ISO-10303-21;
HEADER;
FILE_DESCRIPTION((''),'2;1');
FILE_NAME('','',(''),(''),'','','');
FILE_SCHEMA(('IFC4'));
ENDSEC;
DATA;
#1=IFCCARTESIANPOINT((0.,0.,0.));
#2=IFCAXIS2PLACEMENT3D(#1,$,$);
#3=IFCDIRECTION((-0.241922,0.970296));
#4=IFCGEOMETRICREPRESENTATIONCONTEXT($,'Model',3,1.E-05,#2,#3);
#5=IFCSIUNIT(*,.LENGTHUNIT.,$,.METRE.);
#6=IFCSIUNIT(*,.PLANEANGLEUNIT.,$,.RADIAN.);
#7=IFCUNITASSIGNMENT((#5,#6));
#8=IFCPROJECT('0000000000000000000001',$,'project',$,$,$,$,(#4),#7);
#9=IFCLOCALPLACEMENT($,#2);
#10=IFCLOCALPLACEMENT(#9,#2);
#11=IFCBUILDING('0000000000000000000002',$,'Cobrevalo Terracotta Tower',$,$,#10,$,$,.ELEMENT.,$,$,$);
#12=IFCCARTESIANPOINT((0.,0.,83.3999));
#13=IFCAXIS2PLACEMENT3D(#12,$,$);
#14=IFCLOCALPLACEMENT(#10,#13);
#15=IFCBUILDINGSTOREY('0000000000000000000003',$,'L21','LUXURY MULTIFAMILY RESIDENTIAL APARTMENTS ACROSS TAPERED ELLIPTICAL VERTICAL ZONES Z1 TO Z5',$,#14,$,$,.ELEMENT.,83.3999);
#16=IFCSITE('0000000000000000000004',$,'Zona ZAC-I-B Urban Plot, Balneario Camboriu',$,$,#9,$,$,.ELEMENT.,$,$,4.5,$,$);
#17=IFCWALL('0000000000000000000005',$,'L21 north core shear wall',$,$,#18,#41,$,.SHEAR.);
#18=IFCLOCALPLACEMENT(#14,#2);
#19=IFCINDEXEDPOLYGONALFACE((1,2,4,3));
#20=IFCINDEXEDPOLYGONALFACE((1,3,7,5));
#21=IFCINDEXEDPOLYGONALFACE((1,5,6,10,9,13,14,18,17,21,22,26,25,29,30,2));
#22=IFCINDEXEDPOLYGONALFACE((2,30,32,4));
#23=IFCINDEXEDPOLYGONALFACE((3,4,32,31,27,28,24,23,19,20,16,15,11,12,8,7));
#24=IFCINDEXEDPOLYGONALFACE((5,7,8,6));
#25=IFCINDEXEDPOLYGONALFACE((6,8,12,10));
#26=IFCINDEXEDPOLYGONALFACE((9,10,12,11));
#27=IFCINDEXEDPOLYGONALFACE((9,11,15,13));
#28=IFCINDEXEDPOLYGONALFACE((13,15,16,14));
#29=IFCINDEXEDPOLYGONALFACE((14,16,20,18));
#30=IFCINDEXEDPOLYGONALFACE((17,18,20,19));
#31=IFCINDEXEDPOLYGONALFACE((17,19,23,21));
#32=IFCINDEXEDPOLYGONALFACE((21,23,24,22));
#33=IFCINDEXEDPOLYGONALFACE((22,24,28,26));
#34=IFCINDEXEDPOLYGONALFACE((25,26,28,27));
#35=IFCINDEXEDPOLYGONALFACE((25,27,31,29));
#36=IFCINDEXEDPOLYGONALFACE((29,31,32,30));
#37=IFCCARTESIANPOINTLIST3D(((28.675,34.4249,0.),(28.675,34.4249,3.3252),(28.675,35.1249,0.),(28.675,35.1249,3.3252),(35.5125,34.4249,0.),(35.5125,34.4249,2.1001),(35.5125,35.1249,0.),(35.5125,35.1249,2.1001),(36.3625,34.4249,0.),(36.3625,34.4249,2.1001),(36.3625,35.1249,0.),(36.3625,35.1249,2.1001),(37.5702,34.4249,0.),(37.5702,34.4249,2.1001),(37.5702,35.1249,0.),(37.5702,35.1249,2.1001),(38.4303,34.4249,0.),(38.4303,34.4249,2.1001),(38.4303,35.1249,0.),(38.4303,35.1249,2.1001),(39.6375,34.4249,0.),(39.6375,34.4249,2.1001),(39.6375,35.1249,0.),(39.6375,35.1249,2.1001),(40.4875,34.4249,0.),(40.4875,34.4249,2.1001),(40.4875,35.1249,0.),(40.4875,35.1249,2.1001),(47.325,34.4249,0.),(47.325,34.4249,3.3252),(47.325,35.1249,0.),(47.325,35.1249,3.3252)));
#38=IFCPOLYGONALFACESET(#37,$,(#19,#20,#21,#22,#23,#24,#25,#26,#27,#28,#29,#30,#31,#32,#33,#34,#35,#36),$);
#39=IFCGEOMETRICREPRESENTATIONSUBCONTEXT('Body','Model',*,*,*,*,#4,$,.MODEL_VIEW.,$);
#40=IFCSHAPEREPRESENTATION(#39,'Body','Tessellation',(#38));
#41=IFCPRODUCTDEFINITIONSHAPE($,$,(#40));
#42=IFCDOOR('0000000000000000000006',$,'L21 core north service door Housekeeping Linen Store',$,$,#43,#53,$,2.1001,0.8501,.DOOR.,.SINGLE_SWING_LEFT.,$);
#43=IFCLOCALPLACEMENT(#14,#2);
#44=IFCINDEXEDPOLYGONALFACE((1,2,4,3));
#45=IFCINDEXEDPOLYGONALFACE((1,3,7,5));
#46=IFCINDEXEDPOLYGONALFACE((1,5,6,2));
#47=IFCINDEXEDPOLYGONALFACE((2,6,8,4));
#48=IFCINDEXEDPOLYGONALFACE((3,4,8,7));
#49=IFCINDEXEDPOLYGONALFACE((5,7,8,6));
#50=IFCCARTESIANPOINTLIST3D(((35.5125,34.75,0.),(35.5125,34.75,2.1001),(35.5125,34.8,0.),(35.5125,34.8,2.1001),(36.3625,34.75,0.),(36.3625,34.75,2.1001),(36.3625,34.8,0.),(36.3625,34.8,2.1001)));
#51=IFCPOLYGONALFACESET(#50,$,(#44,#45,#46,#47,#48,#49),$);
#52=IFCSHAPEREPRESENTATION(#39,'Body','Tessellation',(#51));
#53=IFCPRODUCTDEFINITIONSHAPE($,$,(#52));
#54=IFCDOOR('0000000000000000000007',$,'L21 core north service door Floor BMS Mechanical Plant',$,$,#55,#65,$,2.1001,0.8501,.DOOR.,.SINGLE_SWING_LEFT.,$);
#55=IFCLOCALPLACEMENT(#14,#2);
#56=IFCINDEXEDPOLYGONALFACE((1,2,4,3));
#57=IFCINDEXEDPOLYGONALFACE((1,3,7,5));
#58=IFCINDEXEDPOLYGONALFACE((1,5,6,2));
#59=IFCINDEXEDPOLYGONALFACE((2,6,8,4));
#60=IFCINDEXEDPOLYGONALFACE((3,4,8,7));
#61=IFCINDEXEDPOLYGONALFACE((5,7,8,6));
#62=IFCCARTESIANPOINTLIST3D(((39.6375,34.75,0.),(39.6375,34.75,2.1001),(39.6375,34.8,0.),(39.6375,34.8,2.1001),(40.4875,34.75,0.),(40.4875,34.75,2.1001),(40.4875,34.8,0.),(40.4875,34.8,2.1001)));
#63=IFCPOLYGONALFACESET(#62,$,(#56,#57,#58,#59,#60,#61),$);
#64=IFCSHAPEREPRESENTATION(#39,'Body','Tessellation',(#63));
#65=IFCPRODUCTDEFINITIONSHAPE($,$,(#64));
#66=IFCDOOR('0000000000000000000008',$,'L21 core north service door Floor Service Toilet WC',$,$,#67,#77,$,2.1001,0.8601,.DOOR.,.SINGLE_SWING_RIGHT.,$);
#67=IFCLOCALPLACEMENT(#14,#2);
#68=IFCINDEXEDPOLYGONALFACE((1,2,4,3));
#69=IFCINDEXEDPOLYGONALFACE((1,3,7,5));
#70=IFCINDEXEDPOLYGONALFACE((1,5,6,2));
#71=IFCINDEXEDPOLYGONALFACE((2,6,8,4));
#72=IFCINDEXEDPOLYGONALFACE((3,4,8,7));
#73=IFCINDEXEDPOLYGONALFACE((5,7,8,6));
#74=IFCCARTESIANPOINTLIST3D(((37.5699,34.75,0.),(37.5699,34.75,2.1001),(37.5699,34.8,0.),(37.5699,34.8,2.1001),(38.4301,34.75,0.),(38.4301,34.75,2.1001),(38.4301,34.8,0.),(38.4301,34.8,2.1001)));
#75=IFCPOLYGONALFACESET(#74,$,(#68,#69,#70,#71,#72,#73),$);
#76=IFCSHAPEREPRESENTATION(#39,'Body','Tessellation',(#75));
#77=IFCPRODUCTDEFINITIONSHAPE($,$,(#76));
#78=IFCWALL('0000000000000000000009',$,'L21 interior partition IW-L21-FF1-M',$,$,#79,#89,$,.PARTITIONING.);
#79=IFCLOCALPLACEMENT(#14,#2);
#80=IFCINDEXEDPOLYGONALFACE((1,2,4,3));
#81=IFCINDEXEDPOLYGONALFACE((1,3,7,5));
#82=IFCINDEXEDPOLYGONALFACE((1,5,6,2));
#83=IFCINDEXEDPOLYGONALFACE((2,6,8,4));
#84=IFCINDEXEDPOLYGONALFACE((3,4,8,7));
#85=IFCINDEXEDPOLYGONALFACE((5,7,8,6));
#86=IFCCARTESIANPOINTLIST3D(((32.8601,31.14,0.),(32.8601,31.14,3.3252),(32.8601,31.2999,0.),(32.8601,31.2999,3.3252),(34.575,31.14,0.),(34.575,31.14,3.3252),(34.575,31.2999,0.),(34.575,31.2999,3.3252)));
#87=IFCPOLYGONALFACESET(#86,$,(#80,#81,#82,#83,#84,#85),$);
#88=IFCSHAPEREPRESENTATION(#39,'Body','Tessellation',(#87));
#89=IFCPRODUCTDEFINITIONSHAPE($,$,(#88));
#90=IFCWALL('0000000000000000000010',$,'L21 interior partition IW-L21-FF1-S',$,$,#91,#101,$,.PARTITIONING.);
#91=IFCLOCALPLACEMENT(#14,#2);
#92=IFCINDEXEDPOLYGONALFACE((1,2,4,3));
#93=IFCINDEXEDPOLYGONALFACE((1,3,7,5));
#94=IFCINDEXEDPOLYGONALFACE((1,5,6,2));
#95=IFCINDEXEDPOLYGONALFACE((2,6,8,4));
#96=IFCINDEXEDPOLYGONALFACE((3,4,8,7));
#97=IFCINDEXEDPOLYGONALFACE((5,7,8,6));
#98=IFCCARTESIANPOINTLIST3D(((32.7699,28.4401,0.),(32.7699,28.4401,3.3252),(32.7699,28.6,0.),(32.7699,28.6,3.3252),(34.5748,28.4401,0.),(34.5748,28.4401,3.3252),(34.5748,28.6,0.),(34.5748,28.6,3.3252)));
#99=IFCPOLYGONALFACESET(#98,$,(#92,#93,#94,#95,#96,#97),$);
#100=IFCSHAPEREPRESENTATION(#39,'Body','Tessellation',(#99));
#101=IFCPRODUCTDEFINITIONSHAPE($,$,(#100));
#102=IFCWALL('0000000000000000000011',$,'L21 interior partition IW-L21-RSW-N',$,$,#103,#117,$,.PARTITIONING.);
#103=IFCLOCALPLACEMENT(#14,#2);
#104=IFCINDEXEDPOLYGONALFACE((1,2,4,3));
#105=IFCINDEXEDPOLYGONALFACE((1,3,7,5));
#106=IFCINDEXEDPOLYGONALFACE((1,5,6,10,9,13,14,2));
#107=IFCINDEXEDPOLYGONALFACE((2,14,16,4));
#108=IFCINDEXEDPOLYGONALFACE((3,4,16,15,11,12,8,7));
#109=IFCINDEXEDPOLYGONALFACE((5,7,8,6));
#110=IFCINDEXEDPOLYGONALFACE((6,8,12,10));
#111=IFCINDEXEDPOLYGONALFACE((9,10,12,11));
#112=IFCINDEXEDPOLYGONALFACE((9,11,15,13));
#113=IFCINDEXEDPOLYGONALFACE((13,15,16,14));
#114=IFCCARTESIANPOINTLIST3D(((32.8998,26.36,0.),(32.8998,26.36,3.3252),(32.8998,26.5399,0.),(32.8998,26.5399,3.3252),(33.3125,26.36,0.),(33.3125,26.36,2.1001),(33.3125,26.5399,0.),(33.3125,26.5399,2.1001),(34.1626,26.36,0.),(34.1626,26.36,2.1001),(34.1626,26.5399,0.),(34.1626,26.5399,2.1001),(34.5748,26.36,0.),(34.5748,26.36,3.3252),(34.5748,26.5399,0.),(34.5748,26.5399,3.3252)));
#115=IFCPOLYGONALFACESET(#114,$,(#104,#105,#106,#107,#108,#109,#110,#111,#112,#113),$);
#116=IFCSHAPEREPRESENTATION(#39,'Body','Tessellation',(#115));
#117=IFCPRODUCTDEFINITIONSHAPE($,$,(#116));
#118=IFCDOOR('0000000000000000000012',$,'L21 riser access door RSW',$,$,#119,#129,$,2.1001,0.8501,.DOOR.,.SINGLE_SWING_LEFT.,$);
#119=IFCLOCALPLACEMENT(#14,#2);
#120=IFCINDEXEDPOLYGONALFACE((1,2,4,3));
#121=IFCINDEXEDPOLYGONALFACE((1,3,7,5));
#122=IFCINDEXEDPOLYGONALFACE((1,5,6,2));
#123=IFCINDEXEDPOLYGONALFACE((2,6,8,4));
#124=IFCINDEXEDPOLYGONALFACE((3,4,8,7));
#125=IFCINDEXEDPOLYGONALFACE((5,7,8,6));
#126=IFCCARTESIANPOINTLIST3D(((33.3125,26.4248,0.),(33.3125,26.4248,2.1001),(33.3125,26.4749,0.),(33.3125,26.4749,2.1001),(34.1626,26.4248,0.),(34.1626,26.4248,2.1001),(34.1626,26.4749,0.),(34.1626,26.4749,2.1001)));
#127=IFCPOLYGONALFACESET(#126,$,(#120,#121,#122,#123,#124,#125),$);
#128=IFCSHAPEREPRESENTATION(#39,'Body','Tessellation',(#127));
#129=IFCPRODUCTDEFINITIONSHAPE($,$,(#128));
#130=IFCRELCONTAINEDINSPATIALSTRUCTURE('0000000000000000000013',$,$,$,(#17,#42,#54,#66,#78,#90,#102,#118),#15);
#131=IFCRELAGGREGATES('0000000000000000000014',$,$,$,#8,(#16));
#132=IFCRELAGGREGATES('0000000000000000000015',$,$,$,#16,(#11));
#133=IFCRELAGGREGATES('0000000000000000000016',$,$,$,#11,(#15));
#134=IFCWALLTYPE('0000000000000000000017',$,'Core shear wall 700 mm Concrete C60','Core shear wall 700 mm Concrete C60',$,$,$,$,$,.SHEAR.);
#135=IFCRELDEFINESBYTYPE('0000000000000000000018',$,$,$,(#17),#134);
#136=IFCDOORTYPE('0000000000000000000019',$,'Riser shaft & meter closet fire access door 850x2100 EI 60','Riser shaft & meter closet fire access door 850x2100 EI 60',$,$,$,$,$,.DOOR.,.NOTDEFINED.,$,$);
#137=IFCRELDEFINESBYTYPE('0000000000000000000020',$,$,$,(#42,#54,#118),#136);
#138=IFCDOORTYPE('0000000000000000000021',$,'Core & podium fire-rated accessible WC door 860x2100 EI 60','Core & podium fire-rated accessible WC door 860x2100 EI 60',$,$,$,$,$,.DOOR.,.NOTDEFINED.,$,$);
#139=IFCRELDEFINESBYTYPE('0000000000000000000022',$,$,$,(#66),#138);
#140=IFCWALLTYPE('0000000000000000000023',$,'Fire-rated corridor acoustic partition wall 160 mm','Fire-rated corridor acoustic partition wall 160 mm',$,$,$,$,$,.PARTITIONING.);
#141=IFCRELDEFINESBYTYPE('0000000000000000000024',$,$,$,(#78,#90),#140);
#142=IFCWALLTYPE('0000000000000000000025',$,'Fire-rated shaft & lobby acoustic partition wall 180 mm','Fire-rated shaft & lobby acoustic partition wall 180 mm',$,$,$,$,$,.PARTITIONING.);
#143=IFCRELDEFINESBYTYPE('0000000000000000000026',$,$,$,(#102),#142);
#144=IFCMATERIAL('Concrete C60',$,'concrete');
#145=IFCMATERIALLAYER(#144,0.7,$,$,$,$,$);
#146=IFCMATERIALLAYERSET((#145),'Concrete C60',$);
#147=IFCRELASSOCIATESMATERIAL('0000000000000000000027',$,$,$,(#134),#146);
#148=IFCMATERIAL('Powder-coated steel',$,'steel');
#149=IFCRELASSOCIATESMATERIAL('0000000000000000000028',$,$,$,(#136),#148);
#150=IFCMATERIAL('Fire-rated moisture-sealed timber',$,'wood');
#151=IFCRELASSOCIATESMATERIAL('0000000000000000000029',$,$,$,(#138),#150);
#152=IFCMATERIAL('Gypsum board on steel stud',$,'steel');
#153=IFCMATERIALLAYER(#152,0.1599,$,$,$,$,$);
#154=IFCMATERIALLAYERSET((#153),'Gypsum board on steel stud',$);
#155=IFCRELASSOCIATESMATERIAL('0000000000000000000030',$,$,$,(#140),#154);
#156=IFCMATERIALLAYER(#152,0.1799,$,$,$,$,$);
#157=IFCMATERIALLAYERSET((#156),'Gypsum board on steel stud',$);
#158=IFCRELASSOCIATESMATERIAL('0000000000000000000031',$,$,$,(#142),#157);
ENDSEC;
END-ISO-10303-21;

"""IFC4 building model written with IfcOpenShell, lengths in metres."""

from ifc_helpers import new_model, si_unit, direction, frame, frame_2d, origin, place, context, subcontext, project, spatial, rectangle, extrude, source, transform, mapped, material, layer, layer_set, type_object, element, fill, save


model = new_model("IFC4")

# Units and contexts
model_context = context("Model", 3, precision=1e-05, world=origin(), true_north=direction((-0.241922, 0.970296)))
body_context = subcontext(model_context, "Body", "Model", "MODEL_VIEW")
ifc_project = project(units=[si_unit("LENGTHUNIT", "METRE"), si_unit("PLANEANGLEUNIT", "RADIAN")], contexts=[model_context])

# Site, building, storey
site_placement = place(None, origin())
site = spatial("IfcSite", under=ifc_project, at=site_placement, Name="Zona ZAC-I-B Urban Plot, Balneario Camboriu", CompositionType="ELEMENT", RefElevation=4.5)
building_placement = place(site_placement, origin())
building = spatial("IfcBuilding", under=site, at=building_placement, Name="Cobrevalo Terracotta Tower", CompositionType="ELEMENT")
storey_placement = place(building_placement, frame((0.0, 0.0, 83.3999)))
storey = spatial("IfcBuildingStorey", under=building, at=storey_placement, Name="L21", Description="LUXURY MULTIFAMILY RESIDENTIAL APARTMENTS ACROSS TAPERED ELLIPTICAL VERTICAL ZONES Z1 TO Z5", CompositionType="ELEMENT", Elevation=83.3999)

# Wall, openings, doors
ifc_material_1 = material(Name="Concrete C60", Category="concrete")
ifc_layer_1 = layer(ifc_material_1, 0.7)
ifc_layer_set_1 = layer_set([ifc_layer_1], Name="Concrete C60")
wall_type_1 = type_object("IfcWallType", Name="Core shear wall 700 mm Concrete C60", Description="Core shear wall 700 mm Concrete C60", PredefinedType="SHEAR", material=ifc_layer_set_1)
wall_1_placement = place(storey_placement, frame((28.675, 34.7749, 0.0), z_axis=(0.0, 0.0, 1.0), x_axis=(1.0, 0.0, 0.0)))
wall_1 = element("IfcWall", 1, at=wall_1_placement, inside=storey, type_object=wall_type_1, Name="L21 north core shear wall", PredefinedType="SHEAR", context=body_context, shape_type="SweptSolid", body=[
    extrude(rectangle(XDim=18.6499, YDim=0.7, at=frame_2d((9.325, 0.0))), origin(), (0.0, 0.0, 1.0), 3.3252),
])
opening_1_placement = place(wall_1_placement, frame((6.8374, 0.0, 0.0)))
opening_1 = element("IfcOpeningElement", 2, at=opening_1_placement, cuts=wall_1, PredefinedType="OPENING", context=body_context, shape_type="SweptSolid", body=[
    extrude(rectangle(XDim=0.8501, YDim=2.1001, at=frame_2d((0.425, 1.05))), frame((0.0, 0.3599, 0.0), z_axis=(0.0, -1.0, 0.0), x_axis=(1.0, 0.0, 0.0)), (0.0, 0.0, 1.0), 0.72),
])
opening_2_placement = place(wall_1_placement, frame((8.895, 0.0, 0.0)))
opening_2 = element("IfcOpeningElement", 3, at=opening_2_placement, cuts=wall_1, PredefinedType="OPENING", context=body_context, shape_type="SweptSolid", body=[
    extrude(rectangle(XDim=0.8601, YDim=2.1001, at=frame_2d((0.4302, 1.05))), frame((0.0, 0.3599, 0.0), z_axis=(0.0, -1.0, 0.0), x_axis=(1.0, 0.0, 0.0)), (0.0, 0.0, 1.0), 0.72),
])
opening_3_placement = place(wall_1_placement, frame((10.9624, 0.0, 0.0)))
opening_3 = element("IfcOpeningElement", 4, at=opening_3_placement, cuts=wall_1, PredefinedType="OPENING", context=body_context, shape_type="SweptSolid", body=[
    extrude(rectangle(XDim=0.8501, YDim=2.1001, at=frame_2d((0.425, 1.05))), frame((0.0, 0.3599, 0.0), z_axis=(0.0, -1.0, 0.0), x_axis=(1.0, 0.0, 0.0)), (0.0, 0.0, 1.0), 0.72),
])
ifc_material_2 = material(Name="Powder-coated steel", Category="steel")
door_type_1 = type_object("IfcDoorType", Name="Riser shaft & meter closet fire access door 850x2100 EI 60", Description="Riser shaft & meter closet fire access door 850x2100 EI 60", OperationType="NOTDEFINED", PredefinedType="DOOR", material=ifc_material_2)
shared_shape_1 = source(origin(), body_context, "Body", "SweptSolid", [
    extrude(rectangle(XDim=0.8501, YDim=2.1001, at=frame_2d((0.425, 1.05))), frame((0.0, 0.0249, 0.0), z_axis=(0.0, -1.0, 0.0), x_axis=(1.0, 0.0, 0.0)), (0.0, 0.0, 1.0), 0.05),
])
door_1_placement = place(opening_1_placement, frame((0.8501, 0.0, 0.0), z_axis=(0.0, 0.0, 1.0), x_axis=(-1.0, 0.0, 0.0)))
door_1 = element("IfcDoor", 5, at=door_1_placement, inside=storey, type_object=door_type_1, Name="L21 core north service door Housekeeping Linen Store", OperationType="SINGLE_SWING_LEFT", OverallHeight=2.1001, OverallWidth=0.8501, PredefinedType="DOOR", context=body_context, shape_type="MappedRepresentation", body=[
    mapped(shared_shape_1, transform((0.0, 0.0, 0.0), scale=1.0)),
])
fill(opening_1, door_1)
door_2_placement = place(opening_3_placement, frame((0.8501, 0.0, 0.0), z_axis=(0.0, 0.0, 1.0), x_axis=(-1.0, 0.0, 0.0)))
door_2 = element("IfcDoor", 6, at=door_2_placement, inside=storey, type_object=door_type_1, Name="L21 core north service door Floor BMS Mechanical Plant", OperationType="SINGLE_SWING_LEFT", OverallHeight=2.1001, OverallWidth=0.8501, PredefinedType="DOOR", context=body_context, shape_type="MappedRepresentation", body=[
    mapped(shared_shape_1, transform((0.0, 0.0, 0.0), scale=1.0)),
])
fill(opening_3, door_2)
ifc_material_3 = material(Name="Fire-rated moisture-sealed timber", Category="wood")
door_type_2 = type_object("IfcDoorType", Name="Core & podium fire-rated accessible WC door 860x2100 EI 60", Description="Core & podium fire-rated accessible WC door 860x2100 EI 60", OperationType="NOTDEFINED", PredefinedType="DOOR", material=ifc_material_3)
shared_shape_2 = source(origin(), body_context, "Body", "SweptSolid", [
    extrude(rectangle(XDim=0.8601, YDim=2.1001, at=frame_2d((0.4302, 1.05))), frame((0.0, 0.0249, 0.0), z_axis=(0.0, -1.0, 0.0), x_axis=(1.0, 0.0, 0.0)), (0.0, 0.0, 1.0), 0.05),
])
door_3_placement = place(opening_2_placement, frame((0.8601, 0.0, 0.0), z_axis=(0.0, 0.0, 1.0), x_axis=(-1.0, 0.0, 0.0)))
door_3 = element("IfcDoor", 7, at=door_3_placement, inside=storey, type_object=door_type_2, Name="L21 core north service door Floor Service Toilet WC", OperationType="SINGLE_SWING_RIGHT", OverallHeight=2.1001, OverallWidth=0.8601, PredefinedType="DOOR", context=body_context, shape_type="MappedRepresentation", body=[
    mapped(shared_shape_2, transform((0.0, 0.0, 0.0), scale=1.0)),
])
fill(opening_2, door_3)

# Walls
ifc_material_4 = material(Name="Gypsum board on steel stud", Category="steel")
ifc_layer_2 = layer(ifc_material_4, 0.1599)
ifc_layer_set_2 = layer_set([ifc_layer_2], Name="Gypsum board on steel stud")
wall_type_2 = type_object("IfcWallType", Name="Fire-rated corridor acoustic partition wall 160 mm", Description="Fire-rated corridor acoustic partition wall 160 mm", PredefinedType="PARTITIONING", material=ifc_layer_set_2)
wall_2_placement = place(storey_placement, frame((32.8601, 31.22, 0.0), z_axis=(0.0, 0.0, 1.0), x_axis=(1.0, 0.0, 0.0)))
element("IfcWall", 8, at=wall_2_placement, inside=storey, type_object=wall_type_2, Name="L21 interior partition IW-L21-FF1-M", PredefinedType="PARTITIONING", context=body_context, shape_type="SweptSolid", body=[
    extrude(rectangle(XDim=1.7148, YDim=0.1599, at=frame_2d((0.8574, 0.0))), origin(), (0.0, 0.0, 1.0), 3.3252),
])
wall_3_placement = place(storey_placement, frame((32.77, 28.52, 0.0), z_axis=(0.0, 0.0, 1.0), x_axis=(1.0, 0.0, 0.0)))
element("IfcWall", 9, at=wall_3_placement, inside=storey, type_object=wall_type_2, Name="L21 interior partition IW-L21-FF1-S", PredefinedType="PARTITIONING", context=body_context, shape_type="SweptSolid", body=[
    extrude(rectangle(XDim=1.8049, YDim=0.1599, at=frame_2d((0.9023, 0.0))), origin(), (0.0, 0.0, 1.0), 3.3252),
])

# Wall, opening, door
ifc_layer_3 = layer(ifc_material_4, 0.1799)
ifc_layer_set_3 = layer_set([ifc_layer_3], Name="Gypsum board on steel stud")
wall_type_3 = type_object("IfcWallType", Name="Fire-rated shaft & lobby acoustic partition wall 180 mm", Description="Fire-rated shaft & lobby acoustic partition wall 180 mm", PredefinedType="PARTITIONING", material=ifc_layer_set_3)
wall_4_placement = place(storey_placement, frame((32.8999, 26.45, 0.0), z_axis=(0.0, 0.0, 1.0), x_axis=(1.0, 0.0, 0.0)))
wall_4 = element("IfcWall", 10, at=wall_4_placement, inside=storey, type_object=wall_type_3, Name="L21 interior partition IW-L21-RSW-N", PredefinedType="PARTITIONING", context=body_context, shape_type="SweptSolid", body=[
    extrude(rectangle(XDim=1.675, YDim=0.1799, at=frame_2d((0.8374, 0.0))), origin(), (0.0, 0.0, 1.0), 3.3252),
])
opening_4_placement = place(wall_4_placement, frame((0.4126, 0.0, 0.0)))
opening_4 = element("IfcOpeningElement", 11, at=opening_4_placement, cuts=wall_4, PredefinedType="OPENING", context=body_context, shape_type="SweptSolid", body=[
    extrude(rectangle(XDim=0.8501, YDim=2.1001, at=frame_2d((0.425, 1.05))), frame((0.0, 0.1001, 0.0), z_axis=(0.0, -1.0, 0.0), x_axis=(1.0, 0.0, 0.0)), (0.0, 0.0, 1.0), 0.2),
])
door_4_placement = place(opening_4_placement, origin())
door_4 = element("IfcDoor", 12, at=door_4_placement, inside=storey, type_object=door_type_1, Name="L21 riser access door RSW", OperationType="SINGLE_SWING_LEFT", OverallHeight=2.1001, OverallWidth=0.8501, PredefinedType="DOOR", context=body_context, shape_type="MappedRepresentation", body=[
    mapped(shared_shape_1, transform((0.0, 0.0, 0.0), scale=1.0)),
])
fill(opening_4, door_4)

save(model, "model.ifc")
